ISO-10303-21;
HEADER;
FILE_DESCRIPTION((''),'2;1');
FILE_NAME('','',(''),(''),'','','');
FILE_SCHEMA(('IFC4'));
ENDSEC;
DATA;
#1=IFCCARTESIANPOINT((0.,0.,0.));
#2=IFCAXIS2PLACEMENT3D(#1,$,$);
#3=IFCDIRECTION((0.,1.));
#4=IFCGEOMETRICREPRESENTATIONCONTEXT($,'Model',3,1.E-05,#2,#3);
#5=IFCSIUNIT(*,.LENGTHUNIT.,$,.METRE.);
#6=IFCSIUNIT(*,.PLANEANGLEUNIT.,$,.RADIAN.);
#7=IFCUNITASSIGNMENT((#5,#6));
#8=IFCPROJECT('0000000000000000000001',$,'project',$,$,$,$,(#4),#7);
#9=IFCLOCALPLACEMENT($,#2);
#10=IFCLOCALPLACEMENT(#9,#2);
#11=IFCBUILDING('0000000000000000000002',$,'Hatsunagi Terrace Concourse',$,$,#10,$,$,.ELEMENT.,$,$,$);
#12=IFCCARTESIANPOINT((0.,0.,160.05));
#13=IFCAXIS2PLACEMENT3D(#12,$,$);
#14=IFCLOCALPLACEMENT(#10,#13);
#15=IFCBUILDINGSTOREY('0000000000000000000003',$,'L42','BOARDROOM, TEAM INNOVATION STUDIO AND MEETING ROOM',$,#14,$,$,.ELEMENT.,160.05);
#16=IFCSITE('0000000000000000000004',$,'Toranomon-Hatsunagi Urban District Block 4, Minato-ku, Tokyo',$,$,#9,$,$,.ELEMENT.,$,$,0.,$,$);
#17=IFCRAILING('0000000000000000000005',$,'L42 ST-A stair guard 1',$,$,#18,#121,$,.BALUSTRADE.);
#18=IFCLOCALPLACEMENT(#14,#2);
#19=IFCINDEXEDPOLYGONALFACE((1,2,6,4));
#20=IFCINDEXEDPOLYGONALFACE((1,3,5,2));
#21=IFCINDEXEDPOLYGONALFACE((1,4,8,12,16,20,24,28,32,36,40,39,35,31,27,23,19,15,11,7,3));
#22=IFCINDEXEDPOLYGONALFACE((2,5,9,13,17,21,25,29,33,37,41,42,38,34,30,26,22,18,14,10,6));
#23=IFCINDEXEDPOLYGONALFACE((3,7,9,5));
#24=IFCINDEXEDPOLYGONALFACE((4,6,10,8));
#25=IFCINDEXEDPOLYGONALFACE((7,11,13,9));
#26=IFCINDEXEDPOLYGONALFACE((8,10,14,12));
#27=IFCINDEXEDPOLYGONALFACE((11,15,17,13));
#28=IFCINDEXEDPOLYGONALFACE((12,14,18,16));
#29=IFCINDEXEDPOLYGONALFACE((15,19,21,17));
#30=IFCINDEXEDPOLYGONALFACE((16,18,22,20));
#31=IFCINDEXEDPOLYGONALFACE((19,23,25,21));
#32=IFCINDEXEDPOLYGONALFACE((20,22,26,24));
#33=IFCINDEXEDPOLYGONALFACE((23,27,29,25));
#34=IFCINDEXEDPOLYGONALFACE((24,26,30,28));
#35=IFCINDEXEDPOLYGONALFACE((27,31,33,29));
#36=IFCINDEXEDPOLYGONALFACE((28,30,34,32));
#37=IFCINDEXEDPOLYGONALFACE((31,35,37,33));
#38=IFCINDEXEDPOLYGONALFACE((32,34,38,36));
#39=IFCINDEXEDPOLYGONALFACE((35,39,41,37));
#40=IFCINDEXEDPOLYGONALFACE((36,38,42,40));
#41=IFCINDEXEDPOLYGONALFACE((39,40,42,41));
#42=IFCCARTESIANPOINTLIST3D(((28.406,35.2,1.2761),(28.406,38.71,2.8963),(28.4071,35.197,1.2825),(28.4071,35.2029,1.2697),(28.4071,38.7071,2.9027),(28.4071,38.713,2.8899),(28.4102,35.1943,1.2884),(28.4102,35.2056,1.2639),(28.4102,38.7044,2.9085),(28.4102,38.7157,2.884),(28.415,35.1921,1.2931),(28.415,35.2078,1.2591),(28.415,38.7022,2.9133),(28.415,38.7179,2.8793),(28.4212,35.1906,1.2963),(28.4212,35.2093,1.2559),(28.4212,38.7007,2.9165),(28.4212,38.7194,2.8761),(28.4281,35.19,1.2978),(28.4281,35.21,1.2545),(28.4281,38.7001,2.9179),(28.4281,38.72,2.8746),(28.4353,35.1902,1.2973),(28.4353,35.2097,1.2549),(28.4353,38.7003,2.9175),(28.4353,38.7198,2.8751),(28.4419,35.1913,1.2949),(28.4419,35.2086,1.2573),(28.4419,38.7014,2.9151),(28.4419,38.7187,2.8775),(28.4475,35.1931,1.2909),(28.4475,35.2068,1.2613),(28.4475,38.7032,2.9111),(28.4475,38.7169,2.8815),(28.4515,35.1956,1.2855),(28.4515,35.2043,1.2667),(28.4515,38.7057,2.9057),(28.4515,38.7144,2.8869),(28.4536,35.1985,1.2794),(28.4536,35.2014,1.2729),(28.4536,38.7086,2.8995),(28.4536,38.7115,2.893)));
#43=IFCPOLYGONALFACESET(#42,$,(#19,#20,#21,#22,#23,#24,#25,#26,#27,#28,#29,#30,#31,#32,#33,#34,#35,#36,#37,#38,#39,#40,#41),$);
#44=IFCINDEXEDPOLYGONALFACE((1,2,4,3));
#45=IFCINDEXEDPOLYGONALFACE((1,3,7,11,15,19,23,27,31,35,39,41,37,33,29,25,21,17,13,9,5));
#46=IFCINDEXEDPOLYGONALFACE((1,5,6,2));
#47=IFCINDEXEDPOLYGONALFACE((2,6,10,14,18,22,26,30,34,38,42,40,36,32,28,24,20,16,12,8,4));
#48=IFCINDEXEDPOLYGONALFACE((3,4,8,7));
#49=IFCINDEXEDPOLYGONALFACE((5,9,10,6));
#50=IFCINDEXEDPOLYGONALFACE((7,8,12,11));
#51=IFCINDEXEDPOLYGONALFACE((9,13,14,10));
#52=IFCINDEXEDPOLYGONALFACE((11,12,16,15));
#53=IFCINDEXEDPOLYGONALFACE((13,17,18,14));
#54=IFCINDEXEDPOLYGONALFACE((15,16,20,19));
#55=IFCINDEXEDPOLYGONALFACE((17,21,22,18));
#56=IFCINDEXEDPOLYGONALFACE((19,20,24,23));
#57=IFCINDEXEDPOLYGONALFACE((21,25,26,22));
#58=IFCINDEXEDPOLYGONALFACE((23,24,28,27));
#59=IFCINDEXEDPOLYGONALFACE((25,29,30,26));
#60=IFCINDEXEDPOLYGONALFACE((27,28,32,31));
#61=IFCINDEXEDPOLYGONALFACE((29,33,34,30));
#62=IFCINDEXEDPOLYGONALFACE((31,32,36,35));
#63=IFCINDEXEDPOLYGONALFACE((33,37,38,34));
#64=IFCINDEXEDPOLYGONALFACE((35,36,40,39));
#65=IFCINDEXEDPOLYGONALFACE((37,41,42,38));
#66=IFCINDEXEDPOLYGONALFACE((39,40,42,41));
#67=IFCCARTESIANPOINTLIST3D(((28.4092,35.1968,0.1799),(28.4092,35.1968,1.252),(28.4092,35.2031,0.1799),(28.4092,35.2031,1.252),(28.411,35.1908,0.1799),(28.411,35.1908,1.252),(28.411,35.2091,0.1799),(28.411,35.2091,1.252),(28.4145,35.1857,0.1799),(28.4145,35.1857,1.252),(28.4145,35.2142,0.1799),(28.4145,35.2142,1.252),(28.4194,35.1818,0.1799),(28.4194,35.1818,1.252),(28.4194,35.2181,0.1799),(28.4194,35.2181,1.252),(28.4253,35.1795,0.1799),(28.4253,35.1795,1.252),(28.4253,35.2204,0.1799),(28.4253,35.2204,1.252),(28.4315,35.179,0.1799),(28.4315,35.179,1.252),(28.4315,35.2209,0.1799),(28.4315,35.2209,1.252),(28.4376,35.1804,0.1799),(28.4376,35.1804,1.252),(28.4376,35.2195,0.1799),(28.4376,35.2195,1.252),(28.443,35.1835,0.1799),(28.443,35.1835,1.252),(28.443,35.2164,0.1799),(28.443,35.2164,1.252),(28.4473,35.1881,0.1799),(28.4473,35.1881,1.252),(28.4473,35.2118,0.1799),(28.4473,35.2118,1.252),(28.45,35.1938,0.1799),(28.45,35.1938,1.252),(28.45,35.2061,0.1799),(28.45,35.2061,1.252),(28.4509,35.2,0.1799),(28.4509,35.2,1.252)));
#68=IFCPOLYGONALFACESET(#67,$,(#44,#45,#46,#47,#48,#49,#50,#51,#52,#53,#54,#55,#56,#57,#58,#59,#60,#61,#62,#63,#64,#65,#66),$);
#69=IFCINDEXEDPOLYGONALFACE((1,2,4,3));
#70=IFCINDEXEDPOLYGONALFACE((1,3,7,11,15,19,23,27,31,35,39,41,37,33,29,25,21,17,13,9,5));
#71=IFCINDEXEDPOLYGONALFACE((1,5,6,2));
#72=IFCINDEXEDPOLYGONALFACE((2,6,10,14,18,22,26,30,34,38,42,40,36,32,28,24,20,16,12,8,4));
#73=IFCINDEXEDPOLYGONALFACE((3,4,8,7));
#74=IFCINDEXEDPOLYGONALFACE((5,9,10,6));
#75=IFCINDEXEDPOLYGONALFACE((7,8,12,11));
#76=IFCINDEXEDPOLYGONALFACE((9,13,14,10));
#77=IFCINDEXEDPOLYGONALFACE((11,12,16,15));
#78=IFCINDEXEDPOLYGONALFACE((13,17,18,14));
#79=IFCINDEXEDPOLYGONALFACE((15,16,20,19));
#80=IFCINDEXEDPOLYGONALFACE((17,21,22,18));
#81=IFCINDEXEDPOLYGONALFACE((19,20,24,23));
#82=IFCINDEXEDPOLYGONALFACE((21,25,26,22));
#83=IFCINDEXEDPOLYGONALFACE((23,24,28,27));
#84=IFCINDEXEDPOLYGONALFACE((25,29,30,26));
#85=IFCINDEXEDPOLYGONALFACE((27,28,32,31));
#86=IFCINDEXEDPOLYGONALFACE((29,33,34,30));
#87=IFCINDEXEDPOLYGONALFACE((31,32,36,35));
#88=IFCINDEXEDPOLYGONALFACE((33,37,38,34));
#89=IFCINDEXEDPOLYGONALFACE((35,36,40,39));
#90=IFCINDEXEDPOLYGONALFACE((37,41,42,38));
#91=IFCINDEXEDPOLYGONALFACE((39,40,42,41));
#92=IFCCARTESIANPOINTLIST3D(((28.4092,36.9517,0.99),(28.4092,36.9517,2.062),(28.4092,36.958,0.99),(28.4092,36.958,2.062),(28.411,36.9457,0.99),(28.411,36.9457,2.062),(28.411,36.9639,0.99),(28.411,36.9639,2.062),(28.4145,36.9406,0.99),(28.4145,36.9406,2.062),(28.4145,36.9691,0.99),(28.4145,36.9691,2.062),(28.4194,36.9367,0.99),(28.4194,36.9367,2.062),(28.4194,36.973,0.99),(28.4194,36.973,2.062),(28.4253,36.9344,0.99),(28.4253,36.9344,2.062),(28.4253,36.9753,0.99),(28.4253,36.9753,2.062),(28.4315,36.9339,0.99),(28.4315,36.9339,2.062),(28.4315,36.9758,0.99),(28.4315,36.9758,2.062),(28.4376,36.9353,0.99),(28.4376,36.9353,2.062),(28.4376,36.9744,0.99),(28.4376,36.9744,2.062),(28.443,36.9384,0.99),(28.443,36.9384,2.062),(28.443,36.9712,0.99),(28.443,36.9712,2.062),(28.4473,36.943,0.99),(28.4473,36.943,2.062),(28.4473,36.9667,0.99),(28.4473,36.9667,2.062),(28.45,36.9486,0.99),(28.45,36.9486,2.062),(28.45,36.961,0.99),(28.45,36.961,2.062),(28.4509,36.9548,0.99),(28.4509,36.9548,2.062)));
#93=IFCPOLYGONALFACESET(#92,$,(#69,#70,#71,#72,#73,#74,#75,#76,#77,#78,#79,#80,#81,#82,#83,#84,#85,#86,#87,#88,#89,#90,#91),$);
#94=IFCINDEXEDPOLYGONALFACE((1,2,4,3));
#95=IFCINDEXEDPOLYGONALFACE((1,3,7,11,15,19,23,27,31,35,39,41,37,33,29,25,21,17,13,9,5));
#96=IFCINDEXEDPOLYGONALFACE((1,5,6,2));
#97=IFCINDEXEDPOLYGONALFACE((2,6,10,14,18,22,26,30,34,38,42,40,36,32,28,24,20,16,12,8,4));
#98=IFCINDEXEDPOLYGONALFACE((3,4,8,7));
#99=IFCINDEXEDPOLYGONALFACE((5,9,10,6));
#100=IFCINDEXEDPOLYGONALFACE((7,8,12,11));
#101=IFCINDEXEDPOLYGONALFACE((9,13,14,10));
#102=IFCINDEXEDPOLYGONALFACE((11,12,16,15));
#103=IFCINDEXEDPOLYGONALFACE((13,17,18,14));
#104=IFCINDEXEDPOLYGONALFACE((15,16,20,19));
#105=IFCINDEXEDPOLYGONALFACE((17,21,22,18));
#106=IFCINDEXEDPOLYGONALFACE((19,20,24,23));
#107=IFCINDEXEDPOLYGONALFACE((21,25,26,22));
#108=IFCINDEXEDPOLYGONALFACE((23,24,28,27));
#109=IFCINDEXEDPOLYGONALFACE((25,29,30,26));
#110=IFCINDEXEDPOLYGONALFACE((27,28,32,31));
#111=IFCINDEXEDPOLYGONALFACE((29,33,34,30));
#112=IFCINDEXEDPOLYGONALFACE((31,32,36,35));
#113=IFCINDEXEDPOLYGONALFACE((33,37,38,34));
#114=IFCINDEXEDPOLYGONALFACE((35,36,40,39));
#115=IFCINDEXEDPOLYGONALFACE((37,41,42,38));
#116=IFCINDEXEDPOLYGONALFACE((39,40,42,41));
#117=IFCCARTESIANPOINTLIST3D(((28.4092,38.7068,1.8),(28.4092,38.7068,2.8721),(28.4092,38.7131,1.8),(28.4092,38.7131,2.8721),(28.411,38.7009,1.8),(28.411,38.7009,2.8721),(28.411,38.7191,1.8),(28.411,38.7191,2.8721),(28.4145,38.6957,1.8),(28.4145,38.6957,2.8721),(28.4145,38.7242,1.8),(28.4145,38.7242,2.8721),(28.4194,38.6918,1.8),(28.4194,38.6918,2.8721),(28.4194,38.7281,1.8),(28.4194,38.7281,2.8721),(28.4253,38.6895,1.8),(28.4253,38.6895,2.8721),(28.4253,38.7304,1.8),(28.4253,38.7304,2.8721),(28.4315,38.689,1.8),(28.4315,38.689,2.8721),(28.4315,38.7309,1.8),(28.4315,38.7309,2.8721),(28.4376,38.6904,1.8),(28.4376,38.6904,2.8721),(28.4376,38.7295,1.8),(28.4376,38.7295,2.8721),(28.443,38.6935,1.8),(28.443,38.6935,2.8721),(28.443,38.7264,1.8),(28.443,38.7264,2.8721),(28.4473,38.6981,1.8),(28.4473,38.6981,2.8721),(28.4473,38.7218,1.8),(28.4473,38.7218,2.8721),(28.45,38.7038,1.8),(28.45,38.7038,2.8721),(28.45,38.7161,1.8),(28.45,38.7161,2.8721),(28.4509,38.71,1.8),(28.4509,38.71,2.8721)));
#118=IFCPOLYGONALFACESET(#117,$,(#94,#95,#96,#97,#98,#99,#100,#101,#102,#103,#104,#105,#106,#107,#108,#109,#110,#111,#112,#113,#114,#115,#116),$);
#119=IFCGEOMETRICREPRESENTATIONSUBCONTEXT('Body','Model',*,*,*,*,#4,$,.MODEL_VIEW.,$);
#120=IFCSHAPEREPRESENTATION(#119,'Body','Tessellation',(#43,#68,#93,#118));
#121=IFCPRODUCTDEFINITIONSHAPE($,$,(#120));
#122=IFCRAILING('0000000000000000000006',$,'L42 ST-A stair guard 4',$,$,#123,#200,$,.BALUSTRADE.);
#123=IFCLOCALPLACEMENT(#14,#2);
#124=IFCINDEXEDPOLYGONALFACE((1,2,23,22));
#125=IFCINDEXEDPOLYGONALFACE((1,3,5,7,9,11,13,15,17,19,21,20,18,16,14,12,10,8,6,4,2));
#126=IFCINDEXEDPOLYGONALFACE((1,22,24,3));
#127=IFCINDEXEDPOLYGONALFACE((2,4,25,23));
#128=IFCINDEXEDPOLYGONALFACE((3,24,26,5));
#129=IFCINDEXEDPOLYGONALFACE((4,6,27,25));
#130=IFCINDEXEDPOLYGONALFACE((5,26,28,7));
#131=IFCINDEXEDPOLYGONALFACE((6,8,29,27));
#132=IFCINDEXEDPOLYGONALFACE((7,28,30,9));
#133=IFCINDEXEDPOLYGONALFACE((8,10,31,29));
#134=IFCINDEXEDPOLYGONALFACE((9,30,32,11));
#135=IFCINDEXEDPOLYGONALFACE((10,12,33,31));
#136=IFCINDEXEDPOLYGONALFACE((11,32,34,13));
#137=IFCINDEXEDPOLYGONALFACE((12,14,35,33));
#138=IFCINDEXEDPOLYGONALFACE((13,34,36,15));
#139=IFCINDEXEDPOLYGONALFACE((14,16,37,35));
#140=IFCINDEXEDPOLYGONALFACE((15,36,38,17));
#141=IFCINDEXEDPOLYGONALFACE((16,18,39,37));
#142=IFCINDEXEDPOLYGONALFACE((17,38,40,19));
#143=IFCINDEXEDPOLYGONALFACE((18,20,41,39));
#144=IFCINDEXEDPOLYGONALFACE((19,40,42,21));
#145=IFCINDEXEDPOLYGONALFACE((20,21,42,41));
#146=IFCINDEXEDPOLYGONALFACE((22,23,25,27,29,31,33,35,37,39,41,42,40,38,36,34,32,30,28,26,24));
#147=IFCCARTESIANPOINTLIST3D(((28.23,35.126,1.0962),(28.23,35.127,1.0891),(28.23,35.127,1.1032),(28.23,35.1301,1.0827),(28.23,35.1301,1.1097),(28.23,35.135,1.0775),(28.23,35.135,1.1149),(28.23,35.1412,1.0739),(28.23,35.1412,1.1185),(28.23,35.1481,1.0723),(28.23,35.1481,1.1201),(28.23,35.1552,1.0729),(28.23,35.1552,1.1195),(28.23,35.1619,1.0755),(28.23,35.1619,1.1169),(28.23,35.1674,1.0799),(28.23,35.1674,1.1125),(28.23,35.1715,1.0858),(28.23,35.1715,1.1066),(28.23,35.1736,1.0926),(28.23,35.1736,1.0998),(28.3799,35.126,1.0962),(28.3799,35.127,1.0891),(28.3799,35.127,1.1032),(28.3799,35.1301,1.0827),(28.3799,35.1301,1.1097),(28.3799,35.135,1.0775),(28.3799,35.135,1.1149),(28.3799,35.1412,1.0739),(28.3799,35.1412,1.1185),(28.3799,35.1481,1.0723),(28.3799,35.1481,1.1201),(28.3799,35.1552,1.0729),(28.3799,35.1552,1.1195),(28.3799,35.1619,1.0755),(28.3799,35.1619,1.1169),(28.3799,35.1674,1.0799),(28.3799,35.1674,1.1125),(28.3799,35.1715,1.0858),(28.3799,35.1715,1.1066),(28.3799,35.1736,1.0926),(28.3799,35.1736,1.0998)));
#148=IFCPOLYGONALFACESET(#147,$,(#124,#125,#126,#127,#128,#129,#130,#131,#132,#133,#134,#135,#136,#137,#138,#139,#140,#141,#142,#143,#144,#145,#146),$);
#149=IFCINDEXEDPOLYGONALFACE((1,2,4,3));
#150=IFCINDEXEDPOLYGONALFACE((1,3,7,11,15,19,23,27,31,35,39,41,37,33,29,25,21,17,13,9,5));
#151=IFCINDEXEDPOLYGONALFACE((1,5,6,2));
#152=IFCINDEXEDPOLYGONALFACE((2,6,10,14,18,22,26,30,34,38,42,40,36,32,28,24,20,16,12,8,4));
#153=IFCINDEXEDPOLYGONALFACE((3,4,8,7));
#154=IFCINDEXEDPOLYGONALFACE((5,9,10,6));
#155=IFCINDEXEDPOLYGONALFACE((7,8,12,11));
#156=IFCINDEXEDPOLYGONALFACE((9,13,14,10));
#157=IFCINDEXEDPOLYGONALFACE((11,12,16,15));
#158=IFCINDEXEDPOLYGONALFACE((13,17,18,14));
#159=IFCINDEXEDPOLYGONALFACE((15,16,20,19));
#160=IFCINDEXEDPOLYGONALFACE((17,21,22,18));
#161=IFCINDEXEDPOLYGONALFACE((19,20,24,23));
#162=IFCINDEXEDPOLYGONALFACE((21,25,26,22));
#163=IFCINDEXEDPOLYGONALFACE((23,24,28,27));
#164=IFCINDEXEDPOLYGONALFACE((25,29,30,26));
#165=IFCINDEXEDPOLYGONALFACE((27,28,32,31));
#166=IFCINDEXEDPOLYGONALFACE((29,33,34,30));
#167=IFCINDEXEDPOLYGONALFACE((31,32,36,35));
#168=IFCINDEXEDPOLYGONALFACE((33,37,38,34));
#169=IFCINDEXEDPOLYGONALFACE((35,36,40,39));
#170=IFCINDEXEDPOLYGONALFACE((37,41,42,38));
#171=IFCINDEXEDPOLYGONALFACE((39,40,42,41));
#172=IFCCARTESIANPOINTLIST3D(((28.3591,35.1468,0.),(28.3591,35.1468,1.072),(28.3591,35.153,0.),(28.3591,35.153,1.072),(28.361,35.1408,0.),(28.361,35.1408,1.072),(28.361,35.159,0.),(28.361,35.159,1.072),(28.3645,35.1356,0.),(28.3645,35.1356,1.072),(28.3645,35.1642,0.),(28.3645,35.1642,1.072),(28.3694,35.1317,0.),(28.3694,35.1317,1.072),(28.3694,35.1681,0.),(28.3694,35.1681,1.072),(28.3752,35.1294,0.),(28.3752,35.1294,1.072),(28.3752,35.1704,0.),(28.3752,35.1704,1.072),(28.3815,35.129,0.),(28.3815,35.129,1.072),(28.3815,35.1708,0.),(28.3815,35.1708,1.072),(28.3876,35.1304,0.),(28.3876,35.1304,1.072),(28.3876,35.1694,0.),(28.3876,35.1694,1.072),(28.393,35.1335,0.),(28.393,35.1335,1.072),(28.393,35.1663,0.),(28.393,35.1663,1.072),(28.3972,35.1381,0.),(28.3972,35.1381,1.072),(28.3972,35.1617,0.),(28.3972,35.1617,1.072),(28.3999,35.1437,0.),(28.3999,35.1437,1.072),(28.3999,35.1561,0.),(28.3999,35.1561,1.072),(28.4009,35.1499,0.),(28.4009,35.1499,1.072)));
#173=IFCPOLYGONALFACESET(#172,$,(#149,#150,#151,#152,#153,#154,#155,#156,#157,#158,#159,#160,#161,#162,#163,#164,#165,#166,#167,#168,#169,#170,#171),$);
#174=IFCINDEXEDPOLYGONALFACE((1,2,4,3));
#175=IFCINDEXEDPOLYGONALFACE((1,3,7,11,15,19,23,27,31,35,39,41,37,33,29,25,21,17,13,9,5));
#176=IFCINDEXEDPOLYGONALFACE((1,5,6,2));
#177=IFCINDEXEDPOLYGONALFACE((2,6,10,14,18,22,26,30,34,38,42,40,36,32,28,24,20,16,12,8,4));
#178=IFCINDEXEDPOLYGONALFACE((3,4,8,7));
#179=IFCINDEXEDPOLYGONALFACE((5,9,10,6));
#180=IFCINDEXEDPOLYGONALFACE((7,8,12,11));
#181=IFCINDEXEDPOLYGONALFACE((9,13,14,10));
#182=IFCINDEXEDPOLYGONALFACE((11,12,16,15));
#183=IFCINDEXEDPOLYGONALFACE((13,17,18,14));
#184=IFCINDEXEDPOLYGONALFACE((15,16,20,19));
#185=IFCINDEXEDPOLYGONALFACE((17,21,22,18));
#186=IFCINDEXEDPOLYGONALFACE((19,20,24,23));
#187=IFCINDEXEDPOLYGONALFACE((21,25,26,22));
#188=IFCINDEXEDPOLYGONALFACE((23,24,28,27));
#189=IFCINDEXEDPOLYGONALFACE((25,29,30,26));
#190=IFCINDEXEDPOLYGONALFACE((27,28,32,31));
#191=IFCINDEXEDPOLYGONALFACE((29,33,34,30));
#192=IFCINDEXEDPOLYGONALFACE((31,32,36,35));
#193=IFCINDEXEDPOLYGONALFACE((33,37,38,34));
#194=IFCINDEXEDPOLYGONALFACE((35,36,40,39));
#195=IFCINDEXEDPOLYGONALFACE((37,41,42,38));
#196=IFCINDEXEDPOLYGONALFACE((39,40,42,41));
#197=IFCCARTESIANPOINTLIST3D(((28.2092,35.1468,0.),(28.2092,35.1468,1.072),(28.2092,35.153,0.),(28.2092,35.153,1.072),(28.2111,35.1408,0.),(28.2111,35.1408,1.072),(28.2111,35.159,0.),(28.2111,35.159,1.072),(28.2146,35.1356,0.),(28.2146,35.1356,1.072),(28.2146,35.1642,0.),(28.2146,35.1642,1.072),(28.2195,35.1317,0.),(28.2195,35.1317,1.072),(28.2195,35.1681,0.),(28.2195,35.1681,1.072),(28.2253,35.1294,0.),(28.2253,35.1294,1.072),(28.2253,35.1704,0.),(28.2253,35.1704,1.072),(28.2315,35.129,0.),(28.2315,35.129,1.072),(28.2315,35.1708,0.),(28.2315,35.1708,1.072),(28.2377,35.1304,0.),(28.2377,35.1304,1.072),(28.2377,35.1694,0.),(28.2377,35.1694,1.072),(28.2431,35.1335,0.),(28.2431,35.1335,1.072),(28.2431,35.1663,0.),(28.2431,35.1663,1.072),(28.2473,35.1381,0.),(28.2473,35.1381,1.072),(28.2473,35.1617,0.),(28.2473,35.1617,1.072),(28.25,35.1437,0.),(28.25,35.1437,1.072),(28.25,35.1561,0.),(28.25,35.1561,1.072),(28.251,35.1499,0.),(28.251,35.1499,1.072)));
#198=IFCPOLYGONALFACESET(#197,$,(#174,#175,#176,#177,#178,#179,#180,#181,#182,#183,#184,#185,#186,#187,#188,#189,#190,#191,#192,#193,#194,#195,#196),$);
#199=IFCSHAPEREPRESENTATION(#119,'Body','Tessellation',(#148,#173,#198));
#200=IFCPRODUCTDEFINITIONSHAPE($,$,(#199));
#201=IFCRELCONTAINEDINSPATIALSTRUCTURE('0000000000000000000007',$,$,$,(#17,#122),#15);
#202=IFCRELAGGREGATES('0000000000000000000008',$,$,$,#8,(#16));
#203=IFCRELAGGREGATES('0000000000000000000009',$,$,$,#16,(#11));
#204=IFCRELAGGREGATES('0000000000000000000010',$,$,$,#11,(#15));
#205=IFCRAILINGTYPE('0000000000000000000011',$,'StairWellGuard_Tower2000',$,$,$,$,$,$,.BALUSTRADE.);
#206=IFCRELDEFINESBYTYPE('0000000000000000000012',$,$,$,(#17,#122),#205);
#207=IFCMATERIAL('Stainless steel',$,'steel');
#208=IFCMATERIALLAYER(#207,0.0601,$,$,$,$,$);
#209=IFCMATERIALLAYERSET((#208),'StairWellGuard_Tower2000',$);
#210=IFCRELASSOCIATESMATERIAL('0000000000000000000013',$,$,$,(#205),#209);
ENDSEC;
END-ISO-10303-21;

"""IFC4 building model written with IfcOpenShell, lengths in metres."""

from ifc_helpers import new_model, si_unit, direction, frame, origin, origin_2d, place, context, subcontext, project, spatial, circle, extrude, material, layer, layer_set, type_object, element, save


model = new_model("IFC4")

# Units and contexts
model_context = context("Model", 3, precision=1e-05, world=origin(), true_north=direction((0.0, 1.0)))
body_context = subcontext(model_context, "Body", "Model", "MODEL_VIEW")
ifc_project = project(units=[si_unit("LENGTHUNIT", "METRE"), si_unit("PLANEANGLEUNIT", "RADIAN")], contexts=[model_context])

# Site, building, storey
site_placement = place(None, origin())
site = spatial("IfcSite", under=ifc_project, at=site_placement, Name="Toranomon-Hatsunagi Urban District Block 4, Minato-ku, Tokyo", CompositionType="ELEMENT", RefElevation=0.0)
building_placement = place(site_placement, origin())
building = spatial("IfcBuilding", under=site, at=building_placement, Name="Hatsunagi Terrace Concourse", CompositionType="ELEMENT")
storey_placement = place(building_placement, frame((0.0, 0.0, 160.05)))
storey = spatial("IfcBuildingStorey", under=building, at=storey_placement, Name="L42", Description="BOARDROOM, TEAM INNOVATION STUDIO AND MEETING ROOM", CompositionType="ELEMENT", Elevation=160.05)

# Railings
ifc_material_1 = material(Name="Stainless steel", Category="steel")
ifc_layer_1 = layer(ifc_material_1, 0.0601)
ifc_layer_set_1 = layer_set([ifc_layer_1], Name="StairWellGuard_Tower2000")
railing_type_1 = type_object("IfcRailingType", Name="StairWellGuard_Tower2000", PredefinedType="BALUSTRADE", material=ifc_layer_set_1)
railing_1_placement = place(storey_placement, frame((28.4299, 35.2, 0.1799)))
element("IfcRailing", 1, at=railing_1_placement, inside=storey, type_object=railing_type_1, Name="L42 ST-A stair guard 1", PredefinedType="BALUSTRADE", context=body_context, shape_type="SweptSolid", body=[
    extrude(circle(Radius=0.0239, at=origin_2d()), frame((0.0, 0.0, 1.0962), z_axis=(0.0, 0.907948, 0.419082), x_axis=(-1.0, 0.0, 0.0)), (0.0, 0.0, 1.0), 3.866),
    extrude(circle(Radius=0.021, at=origin_2d()), origin(), (0.0, 0.0, 1.0), 1.072),
    extrude(circle(Radius=0.021, at=origin_2d()), frame((0.0, 1.7549, 0.8101)), (0.0, 0.0, 1.0), 1.072),
    extrude(circle(Radius=0.021, at=origin_2d()), frame((0.0, 3.51, 1.6201)), (0.0, 0.0, 1.0), 1.072),
])
railing_2_placement = place(storey_placement, frame((28.3799, 35.1499, 0.0)))
element("IfcRailing", 2, at=railing_2_placement, inside=storey, type_object=railing_type_1, Name="L42 ST-A stair guard 4", PredefinedType="BALUSTRADE", context=body_context, shape_type="SweptSolid", body=[
    extrude(circle(Radius=0.0239, at=origin_2d()), frame((0.0, 0.0, 1.0962), z_axis=(-1.0, 0.0, 0.0), x_axis=(0.0, -1.0, 0.0)), (0.0, 0.0, 1.0), 0.1499),
    extrude(circle(Radius=0.021, at=origin_2d()), origin(), (0.0, 0.0, 1.0), 1.072),
    extrude(circle(Radius=0.021, at=origin_2d()), frame((-0.1499, 0.0, 0.0)), (0.0, 0.0, 1.0), 1.072),
])

save(model, "model.ifc")
